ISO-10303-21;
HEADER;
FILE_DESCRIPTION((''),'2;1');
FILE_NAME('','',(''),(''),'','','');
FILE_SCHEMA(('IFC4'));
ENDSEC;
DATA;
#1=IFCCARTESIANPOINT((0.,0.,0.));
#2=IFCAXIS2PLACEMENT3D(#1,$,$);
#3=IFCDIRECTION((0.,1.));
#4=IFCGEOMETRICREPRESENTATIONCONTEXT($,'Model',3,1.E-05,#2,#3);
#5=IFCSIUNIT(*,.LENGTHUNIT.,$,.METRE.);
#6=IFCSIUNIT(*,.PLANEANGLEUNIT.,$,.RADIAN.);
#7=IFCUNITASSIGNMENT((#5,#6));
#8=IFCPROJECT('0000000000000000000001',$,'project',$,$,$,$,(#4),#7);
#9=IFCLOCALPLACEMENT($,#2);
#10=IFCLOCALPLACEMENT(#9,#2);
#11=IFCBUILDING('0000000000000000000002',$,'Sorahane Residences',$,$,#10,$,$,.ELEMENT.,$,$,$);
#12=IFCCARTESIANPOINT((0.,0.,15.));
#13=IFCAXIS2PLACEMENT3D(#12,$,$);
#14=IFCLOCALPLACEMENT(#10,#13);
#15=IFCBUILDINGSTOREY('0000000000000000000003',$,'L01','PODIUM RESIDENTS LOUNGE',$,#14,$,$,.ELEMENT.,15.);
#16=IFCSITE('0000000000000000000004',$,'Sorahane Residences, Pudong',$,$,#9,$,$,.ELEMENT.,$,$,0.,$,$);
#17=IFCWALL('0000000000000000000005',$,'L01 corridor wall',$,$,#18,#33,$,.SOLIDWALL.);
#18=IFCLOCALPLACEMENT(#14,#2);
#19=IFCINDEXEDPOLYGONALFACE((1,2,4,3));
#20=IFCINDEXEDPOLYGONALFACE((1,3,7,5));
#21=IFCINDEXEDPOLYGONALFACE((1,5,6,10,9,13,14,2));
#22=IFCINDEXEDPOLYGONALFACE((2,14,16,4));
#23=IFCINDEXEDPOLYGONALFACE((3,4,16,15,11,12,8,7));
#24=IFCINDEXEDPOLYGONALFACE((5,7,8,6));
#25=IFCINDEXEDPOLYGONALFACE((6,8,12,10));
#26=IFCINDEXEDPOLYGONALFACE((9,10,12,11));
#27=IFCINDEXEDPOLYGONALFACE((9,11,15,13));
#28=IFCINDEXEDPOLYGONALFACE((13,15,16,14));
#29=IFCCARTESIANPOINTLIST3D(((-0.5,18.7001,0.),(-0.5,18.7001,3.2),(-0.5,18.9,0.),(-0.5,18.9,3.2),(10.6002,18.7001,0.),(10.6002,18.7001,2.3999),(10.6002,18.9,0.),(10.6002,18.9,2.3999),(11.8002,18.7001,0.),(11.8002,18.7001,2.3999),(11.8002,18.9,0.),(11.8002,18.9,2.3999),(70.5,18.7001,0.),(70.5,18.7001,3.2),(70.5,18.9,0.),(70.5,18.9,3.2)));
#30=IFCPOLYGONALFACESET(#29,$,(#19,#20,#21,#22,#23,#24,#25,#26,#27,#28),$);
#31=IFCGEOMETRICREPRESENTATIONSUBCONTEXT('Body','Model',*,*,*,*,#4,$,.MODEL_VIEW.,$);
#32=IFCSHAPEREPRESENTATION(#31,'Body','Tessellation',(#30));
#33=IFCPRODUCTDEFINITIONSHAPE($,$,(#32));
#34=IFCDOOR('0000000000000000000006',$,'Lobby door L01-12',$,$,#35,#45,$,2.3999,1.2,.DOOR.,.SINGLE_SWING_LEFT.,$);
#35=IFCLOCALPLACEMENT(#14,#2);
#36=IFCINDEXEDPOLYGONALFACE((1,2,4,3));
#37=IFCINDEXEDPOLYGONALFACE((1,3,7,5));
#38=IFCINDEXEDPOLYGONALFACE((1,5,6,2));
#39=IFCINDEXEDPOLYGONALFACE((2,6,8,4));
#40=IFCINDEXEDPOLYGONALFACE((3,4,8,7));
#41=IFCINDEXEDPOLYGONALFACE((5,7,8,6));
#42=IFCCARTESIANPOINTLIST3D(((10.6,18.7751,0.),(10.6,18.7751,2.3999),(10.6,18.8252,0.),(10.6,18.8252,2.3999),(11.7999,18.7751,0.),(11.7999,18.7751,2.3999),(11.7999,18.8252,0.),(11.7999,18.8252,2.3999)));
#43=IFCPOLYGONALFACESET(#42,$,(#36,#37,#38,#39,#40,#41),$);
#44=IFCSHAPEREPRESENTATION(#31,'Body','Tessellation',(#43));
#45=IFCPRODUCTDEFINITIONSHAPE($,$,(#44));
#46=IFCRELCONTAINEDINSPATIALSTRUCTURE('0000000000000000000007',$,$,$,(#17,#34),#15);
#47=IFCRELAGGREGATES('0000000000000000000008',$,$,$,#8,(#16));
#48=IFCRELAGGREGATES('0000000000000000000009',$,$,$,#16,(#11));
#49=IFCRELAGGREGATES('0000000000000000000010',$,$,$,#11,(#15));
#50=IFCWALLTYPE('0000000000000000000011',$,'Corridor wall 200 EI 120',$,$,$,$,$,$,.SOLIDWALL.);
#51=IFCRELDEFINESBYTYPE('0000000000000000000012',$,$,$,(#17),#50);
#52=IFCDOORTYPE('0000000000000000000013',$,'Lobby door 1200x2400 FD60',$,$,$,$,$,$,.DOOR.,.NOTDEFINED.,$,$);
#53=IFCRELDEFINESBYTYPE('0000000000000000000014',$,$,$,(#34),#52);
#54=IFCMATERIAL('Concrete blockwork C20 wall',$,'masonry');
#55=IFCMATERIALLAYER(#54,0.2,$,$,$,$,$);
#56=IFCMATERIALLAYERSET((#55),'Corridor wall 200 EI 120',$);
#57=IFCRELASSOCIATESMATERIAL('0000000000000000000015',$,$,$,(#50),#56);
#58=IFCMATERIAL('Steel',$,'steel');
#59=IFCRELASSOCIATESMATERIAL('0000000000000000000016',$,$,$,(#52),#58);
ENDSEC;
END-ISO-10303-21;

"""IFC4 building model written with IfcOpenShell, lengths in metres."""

from ifc_helpers import new_model, si_unit, direction, frame, frame_2d, origin, place, context, subcontext, project, spatial, rectangle, extrude, material, layer, layer_set, type_object, element, fill, save


model = new_model("IFC4")

# Units and contexts
model_context = context("Model", 3, precision=1e-05, world=origin(), true_north=direction((0.0, 1.0)))
body_context = subcontext(model_context, "Body", "Model", "MODEL_VIEW")
ifc_project = project(units=[si_unit("LENGTHUNIT", "METRE"), si_unit("PLANEANGLEUNIT", "RADIAN")], contexts=[model_context])

# Site, building, storey
site_placement = place(None, origin())
site = spatial("IfcSite", under=ifc_project, at=site_placement, Name="Sorahane Residences, Pudong", CompositionType="ELEMENT", RefElevation=0.0)
building_placement = place(site_placement, origin())
building = spatial("IfcBuilding", under=site, at=building_placement, Name="Sorahane Residences", CompositionType="ELEMENT")
storey_placement = place(building_placement, frame((0.0, 0.0, 15.0)))
storey = spatial("IfcBuildingStorey", under=building, at=storey_placement, Name="L01", Description="PODIUM RESIDENTS LOUNGE", CompositionType="ELEMENT", Elevation=15.0)

# Wall, opening, door
ifc_material_1 = material(Name="Concrete blockwork C20 wall", Category="masonry")
ifc_layer_1 = layer(ifc_material_1, 0.2)
ifc_layer_set_1 = layer_set([ifc_layer_1], Name="Corridor wall 200 EI 120")
wall_type_1 = type_object("IfcWallType", Name="Corridor wall 200 EI 120", PredefinedType="SOLIDWALL", material=ifc_layer_set_1)
wall_1_placement = place(storey_placement, frame((-0.5, 18.8, 0.0), z_axis=(0.0, 0.0, 1.0), x_axis=(1.0, 0.0, 0.0)))
wall_1 = element("IfcWall", 1, at=wall_1_placement, inside=storey, type_object=wall_type_1, Name="L01 corridor wall", PredefinedType="SOLIDWALL", context=body_context, shape_type="SweptSolid", body=[
    extrude(rectangle(XDim=71.0, YDim=0.2, at=frame_2d((35.5, 0.0))), origin(), (0.0, 0.0, 1.0), 3.2),
])
opening_1_placement = place(wall_1_placement, frame((11.1001, 0.0, 0.0)))
opening_1 = element("IfcOpeningElement", 2, at=opening_1_placement, cuts=wall_1, PredefinedType="OPENING", context=body_context, shape_type="SweptSolid", body=[
    extrude(rectangle(XDim=1.2, YDim=2.3999, at=frame_2d((0.6001, 1.2))), frame((0.0, 0.1099, 0.0), z_axis=(0.0, -1.0, 0.0), x_axis=(1.0, 0.0, 0.0)), (0.0, 0.0, 1.0), 0.22),
])
ifc_material_2 = material(Name="Steel", Category="steel")
door_type_1 = type_object("IfcDoorType", Name="Lobby door 1200x2400 FD60", OperationType="NOTDEFINED", PredefinedType="DOOR", material=ifc_material_2)
door_1_placement = place(opening_1_placement, frame((1.2, 0.0, 0.0), z_axis=(0.0, 0.0, 1.0), x_axis=(-1.0, 0.0, 0.0)))
door_1 = element("IfcDoor", 3, at=door_1_placement, inside=storey, type_object=door_type_1, Name="Lobby door L01-12", OperationType="SINGLE_SWING_LEFT", OverallHeight=2.3999, OverallWidth=1.2, PredefinedType="DOOR", context=body_context, shape_type="SweptSolid", body=[
    extrude(rectangle(XDim=1.2, YDim=2.3999, at=frame_2d((0.6001, 1.2))), frame((0.0, 0.0249, 0.0), z_axis=(0.0, -1.0, 0.0), x_axis=(1.0, 0.0, 0.0)), (0.0, 0.0, 1.0), 0.05),
])
fill(opening_1, door_1)

save(model, "model.ifc")
